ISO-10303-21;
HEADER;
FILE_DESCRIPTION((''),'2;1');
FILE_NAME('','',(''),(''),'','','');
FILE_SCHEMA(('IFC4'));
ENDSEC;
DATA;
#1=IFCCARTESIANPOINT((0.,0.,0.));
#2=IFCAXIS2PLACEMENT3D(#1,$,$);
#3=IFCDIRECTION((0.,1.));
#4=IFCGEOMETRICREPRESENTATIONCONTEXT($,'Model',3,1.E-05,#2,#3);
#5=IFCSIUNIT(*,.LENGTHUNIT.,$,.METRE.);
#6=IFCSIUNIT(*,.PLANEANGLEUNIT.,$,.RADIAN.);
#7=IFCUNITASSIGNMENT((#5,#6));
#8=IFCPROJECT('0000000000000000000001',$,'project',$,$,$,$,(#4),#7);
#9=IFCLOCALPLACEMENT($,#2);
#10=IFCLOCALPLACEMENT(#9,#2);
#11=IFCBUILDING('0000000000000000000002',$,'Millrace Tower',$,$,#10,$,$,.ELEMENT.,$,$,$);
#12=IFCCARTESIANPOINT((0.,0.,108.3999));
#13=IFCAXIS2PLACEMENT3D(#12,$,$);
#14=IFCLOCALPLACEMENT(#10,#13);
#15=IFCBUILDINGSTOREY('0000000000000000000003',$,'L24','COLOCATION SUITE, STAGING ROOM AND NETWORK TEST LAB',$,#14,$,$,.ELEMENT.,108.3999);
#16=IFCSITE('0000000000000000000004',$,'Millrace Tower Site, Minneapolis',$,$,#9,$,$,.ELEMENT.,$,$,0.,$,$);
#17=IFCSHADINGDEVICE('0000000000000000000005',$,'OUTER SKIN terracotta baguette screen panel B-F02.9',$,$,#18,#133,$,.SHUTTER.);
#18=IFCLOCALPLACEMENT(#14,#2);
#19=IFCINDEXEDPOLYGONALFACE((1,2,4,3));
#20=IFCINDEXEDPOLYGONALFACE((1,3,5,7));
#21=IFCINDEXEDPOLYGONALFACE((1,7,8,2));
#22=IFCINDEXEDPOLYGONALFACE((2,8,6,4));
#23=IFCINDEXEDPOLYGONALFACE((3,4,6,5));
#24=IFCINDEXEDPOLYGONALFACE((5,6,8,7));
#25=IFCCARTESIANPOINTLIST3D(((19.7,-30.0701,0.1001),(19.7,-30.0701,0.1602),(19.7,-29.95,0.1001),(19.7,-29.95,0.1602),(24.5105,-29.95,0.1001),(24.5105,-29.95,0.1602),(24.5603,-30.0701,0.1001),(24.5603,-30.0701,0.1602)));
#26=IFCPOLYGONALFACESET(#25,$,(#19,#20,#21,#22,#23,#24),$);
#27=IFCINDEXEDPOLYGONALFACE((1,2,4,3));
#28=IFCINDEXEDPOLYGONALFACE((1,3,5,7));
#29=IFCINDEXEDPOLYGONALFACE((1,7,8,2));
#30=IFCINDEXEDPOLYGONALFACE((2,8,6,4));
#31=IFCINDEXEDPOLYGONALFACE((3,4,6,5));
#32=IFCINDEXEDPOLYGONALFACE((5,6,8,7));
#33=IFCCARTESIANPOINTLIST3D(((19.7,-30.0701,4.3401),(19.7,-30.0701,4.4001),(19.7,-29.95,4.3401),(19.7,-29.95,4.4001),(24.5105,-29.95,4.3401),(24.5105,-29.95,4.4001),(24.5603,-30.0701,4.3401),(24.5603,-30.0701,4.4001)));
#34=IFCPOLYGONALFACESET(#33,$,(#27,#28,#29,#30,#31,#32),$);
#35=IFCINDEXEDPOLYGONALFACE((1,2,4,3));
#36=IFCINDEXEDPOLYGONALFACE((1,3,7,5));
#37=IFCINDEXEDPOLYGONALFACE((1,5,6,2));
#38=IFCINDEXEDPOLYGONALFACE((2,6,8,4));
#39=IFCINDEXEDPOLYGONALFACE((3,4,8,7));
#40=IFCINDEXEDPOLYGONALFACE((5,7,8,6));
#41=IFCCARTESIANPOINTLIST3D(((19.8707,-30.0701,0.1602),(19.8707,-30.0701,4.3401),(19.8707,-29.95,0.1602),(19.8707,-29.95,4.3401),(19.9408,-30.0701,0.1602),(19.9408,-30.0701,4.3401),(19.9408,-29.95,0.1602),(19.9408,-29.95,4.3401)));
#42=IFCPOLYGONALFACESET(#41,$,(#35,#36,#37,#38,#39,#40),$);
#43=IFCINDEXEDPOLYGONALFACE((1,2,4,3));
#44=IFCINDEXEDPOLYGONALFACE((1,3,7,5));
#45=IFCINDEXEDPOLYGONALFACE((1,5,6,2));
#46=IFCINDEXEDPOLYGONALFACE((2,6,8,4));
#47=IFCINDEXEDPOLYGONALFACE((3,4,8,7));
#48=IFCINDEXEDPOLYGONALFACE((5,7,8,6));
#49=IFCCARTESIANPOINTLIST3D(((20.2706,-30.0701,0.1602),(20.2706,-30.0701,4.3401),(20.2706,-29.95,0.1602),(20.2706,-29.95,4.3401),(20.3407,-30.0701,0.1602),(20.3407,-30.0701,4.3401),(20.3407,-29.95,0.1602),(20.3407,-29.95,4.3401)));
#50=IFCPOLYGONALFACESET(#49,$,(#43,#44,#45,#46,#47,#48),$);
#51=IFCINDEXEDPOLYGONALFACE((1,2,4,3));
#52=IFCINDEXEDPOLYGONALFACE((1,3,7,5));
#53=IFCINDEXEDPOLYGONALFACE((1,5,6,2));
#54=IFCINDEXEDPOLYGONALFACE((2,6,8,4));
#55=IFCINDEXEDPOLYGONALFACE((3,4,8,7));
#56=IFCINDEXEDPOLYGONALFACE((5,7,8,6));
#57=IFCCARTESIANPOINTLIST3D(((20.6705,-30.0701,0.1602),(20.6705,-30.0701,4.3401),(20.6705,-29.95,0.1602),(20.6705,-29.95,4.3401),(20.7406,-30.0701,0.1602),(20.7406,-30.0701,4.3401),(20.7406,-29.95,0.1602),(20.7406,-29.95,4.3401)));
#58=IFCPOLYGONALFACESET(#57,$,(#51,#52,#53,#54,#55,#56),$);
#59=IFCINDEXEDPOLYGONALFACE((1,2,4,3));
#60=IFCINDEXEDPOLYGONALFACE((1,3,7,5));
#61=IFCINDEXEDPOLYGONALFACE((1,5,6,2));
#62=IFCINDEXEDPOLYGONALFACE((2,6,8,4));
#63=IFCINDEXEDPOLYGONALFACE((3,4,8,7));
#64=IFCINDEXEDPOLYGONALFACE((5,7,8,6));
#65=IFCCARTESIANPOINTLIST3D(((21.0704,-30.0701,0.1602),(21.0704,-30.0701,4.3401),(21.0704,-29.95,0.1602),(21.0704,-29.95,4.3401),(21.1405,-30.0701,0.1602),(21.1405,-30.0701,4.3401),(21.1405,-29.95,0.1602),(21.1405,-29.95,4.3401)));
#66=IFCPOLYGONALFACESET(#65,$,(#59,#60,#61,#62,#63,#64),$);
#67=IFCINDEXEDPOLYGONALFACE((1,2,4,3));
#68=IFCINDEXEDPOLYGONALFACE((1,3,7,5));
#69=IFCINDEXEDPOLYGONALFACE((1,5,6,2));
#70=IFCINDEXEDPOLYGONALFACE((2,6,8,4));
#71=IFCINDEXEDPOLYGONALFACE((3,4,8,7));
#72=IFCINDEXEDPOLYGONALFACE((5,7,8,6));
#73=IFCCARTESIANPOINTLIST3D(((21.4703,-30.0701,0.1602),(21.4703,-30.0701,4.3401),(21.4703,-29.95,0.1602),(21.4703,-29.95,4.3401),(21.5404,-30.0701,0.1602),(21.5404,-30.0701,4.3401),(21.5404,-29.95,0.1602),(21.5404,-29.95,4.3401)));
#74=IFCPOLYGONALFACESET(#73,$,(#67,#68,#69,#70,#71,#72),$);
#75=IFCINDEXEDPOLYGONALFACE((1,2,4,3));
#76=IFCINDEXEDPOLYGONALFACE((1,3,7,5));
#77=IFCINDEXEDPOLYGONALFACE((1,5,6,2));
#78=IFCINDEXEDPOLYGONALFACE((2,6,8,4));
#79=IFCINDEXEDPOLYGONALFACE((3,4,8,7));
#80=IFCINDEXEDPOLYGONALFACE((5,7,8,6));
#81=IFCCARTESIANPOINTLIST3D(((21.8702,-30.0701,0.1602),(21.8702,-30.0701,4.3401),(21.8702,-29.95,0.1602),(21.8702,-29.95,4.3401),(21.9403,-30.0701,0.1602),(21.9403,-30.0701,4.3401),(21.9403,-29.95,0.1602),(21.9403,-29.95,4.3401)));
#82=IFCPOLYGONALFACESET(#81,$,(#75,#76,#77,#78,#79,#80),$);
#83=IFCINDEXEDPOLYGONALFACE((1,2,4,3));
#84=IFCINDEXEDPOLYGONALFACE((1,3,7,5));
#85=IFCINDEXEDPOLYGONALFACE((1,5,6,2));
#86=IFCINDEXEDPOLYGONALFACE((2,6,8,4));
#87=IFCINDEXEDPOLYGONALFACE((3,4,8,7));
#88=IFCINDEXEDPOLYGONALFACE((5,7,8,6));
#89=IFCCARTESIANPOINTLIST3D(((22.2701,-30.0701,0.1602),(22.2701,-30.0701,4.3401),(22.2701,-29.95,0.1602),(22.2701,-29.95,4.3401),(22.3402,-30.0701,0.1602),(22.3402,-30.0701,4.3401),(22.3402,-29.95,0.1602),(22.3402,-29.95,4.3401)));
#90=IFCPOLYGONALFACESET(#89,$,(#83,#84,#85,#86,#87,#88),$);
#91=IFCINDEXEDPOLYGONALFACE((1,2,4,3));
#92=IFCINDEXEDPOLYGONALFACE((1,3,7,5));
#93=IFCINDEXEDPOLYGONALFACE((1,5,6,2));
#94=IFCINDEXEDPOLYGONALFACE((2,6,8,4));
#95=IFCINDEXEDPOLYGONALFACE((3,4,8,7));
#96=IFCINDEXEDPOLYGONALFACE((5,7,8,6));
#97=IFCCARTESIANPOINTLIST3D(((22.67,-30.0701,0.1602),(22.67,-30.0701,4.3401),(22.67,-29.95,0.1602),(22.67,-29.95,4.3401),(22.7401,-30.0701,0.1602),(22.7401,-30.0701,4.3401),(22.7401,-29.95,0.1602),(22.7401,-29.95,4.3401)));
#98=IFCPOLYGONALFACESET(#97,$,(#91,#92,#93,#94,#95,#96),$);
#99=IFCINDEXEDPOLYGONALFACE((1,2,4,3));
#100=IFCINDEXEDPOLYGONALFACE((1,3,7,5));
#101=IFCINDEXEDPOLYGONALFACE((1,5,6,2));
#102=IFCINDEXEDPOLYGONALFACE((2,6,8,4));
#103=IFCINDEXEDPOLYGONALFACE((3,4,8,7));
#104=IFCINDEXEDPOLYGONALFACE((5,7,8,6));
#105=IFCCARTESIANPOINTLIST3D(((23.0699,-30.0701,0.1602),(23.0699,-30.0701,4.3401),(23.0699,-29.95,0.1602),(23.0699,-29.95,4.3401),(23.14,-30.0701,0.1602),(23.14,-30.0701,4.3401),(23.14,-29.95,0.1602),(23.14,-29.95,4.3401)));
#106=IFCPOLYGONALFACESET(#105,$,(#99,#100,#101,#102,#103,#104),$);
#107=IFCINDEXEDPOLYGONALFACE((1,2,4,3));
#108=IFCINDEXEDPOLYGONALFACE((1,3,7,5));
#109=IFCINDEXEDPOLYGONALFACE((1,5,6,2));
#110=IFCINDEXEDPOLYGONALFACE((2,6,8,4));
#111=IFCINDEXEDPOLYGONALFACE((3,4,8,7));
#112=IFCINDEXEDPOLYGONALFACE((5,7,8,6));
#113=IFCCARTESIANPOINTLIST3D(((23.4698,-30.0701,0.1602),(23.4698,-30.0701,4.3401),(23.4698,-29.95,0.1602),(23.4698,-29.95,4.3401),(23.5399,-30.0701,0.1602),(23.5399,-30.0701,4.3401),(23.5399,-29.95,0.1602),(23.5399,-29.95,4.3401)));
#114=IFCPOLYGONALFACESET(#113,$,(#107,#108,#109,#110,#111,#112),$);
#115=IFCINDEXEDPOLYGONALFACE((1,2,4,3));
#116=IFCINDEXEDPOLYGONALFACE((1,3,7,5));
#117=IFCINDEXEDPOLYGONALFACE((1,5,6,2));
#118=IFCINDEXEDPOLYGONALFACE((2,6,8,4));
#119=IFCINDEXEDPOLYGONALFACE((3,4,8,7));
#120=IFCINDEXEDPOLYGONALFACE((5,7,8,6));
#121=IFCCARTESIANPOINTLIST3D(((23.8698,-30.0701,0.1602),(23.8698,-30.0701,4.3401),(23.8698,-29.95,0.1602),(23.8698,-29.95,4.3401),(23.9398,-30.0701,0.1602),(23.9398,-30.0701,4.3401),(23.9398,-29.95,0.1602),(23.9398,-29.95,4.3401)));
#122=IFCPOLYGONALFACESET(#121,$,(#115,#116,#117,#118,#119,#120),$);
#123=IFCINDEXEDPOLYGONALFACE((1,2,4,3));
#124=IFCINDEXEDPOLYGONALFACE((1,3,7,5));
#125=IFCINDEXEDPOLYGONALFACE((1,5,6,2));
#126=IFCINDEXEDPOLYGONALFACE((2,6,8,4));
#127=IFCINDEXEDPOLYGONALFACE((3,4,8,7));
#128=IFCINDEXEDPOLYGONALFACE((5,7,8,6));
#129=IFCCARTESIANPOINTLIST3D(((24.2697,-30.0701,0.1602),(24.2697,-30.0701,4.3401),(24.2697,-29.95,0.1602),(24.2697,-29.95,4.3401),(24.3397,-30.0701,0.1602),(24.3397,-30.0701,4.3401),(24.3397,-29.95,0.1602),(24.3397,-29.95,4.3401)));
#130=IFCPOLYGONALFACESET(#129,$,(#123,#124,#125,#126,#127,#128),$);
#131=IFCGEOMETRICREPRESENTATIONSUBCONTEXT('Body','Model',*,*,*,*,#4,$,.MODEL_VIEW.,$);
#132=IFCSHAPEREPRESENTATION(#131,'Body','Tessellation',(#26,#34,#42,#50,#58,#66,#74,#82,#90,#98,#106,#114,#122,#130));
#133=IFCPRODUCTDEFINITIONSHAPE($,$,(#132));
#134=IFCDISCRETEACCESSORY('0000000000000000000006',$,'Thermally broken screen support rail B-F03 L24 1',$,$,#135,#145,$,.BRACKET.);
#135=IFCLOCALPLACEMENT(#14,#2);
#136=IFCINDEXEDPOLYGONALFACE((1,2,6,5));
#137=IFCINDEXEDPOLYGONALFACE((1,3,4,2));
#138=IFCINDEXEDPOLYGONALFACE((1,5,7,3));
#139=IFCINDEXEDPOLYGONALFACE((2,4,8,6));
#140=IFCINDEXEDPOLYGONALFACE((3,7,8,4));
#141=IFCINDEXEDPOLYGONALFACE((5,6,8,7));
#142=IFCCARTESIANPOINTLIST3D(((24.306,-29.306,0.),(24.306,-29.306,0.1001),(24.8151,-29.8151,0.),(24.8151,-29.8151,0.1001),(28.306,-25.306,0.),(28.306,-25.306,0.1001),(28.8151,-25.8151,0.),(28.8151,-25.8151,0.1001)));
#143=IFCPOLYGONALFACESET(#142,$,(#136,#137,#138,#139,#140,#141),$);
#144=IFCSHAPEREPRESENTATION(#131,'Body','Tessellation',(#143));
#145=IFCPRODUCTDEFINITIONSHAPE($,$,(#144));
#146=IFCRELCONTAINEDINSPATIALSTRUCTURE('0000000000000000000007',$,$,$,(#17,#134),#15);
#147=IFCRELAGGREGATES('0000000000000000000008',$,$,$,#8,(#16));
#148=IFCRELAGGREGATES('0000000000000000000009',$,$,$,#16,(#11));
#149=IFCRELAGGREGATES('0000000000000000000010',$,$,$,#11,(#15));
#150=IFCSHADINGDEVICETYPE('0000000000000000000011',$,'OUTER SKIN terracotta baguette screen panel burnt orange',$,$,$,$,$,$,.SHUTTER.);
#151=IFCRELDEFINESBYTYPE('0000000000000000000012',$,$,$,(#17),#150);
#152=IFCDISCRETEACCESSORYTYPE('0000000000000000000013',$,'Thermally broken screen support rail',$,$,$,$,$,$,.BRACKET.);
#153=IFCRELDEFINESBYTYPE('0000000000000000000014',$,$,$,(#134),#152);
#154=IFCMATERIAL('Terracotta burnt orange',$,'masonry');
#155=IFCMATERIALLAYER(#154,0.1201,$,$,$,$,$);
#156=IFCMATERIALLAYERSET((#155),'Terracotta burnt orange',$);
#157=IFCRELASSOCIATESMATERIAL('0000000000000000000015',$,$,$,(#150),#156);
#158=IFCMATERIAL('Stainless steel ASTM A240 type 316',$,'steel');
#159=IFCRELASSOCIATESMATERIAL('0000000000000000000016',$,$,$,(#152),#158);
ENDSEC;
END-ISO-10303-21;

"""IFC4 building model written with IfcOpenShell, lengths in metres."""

from ifc_helpers import new_model, entity, si_unit, direction, frame, frame_2d, origin, origin_2d, place, context, subcontext, project, spatial, rectangle, extrude, source, transform, mapped, material, layer, layer_set, type_object, element, save


model = new_model("IFC4")

# Units and contexts
model_context = context("Model", 3, precision=1e-05, world=origin(), true_north=direction((0.0, 1.0)))
body_context = subcontext(model_context, "Body", "Model", "MODEL_VIEW")
ifc_project = project(units=[si_unit("LENGTHUNIT", "METRE"), si_unit("PLANEANGLEUNIT", "RADIAN")], contexts=[model_context])

# Site, building, storey
site_placement = place(None, origin())
site = spatial("IfcSite", under=ifc_project, at=site_placement, Name="Millrace Tower Site, Minneapolis", CompositionType="ELEMENT", RefElevation=0.0)
building_placement = place(site_placement, origin())
building = spatial("IfcBuilding", under=site, at=building_placement, Name="Millrace Tower", CompositionType="ELEMENT")
storey_placement = place(building_placement, frame((0.0, 0.0, 108.3999)))
storey = spatial("IfcBuildingStorey", under=building, at=storey_placement, Name="L24", Description="COLOCATION SUITE, STAGING ROOM AND NETWORK TEST LAB", CompositionType="ELEMENT", Elevation=108.3999)

# Shading device
ifc_material_1 = material(Name="Terracotta burnt orange", Category="masonry")
ifc_layer_1 = layer(ifc_material_1, 0.1201)
ifc_layer_set_1 = layer_set([ifc_layer_1], Name="Terracotta burnt orange")
shading_device_type = type_object("IfcShadingDeviceType", Name="OUTER SKIN terracotta baguette screen panel burnt orange", PredefinedType="SHUTTER", material=ifc_layer_set_1)
cartesian_point_1 = entity("IfcCartesianPoint", [-2.4177, 0.0601])
shared_polyline_1 = entity("IfcPolyline", [cartesian_point_1, entity("IfcCartesianPoint", [2.3928, 0.0601]), entity("IfcCartesianPoint", [2.4426, -0.0601]), entity("IfcCartesianPoint", [-2.4177, -0.0601]), cartesian_point_1])
shared_shape_1 = source(origin(), body_context, "Body", "SweptSolid", [
    entity("IfcExtrudedAreaSolid", entity("IfcArbitraryClosedProfileDef", "AREA", None, shared_polyline_1), entity("IfcAxis2Placement3D", entity("IfcCartesianPoint", [0.0, 0.0, 0.0])), entity("IfcDirection", [0.0, 0.0, 1.0]), 0.0601),
    entity("IfcExtrudedAreaSolid", entity("IfcArbitraryClosedProfileDef", "AREA", None, shared_polyline_1), entity("IfcAxis2Placement3D", entity("IfcCartesianPoint", [0.0, 0.0, 4.24])), entity("IfcDirection", [0.0, 0.0, 1.0]), 0.0601),
    extrude(rectangle(XDim=0.0701, YDim=0.1201, at=frame_2d((-2.2119, 0.0))), frame((0.0, 0.0, 0.0601)), (0.0, 0.0, 1.0), 4.1799),
    extrude(rectangle(XDim=0.0701, YDim=0.1201, at=frame_2d((-1.812, 0.0))), frame((0.0, 0.0, 0.0601)), (0.0, 0.0, 1.0), 4.1799),
    extrude(rectangle(XDim=0.0701, YDim=0.1201, at=frame_2d((-1.4121, 0.0))), frame((0.0, 0.0, 0.0601)), (0.0, 0.0, 1.0), 4.1799),
    extrude(rectangle(XDim=0.0701, YDim=0.1201, at=frame_2d((-1.0122, 0.0))), frame((0.0, 0.0, 0.0601)), (0.0, 0.0, 1.0), 4.1799),
    extrude(rectangle(XDim=0.0701, YDim=0.1201, at=frame_2d((-0.6123, 0.0))), frame((0.0, 0.0, 0.0601)), (0.0, 0.0, 1.0), 4.1799),
    extrude(rectangle(XDim=0.0701, YDim=0.1201, at=frame_2d((-0.2124, 0.0))), frame((0.0, 0.0, 0.0601)), (0.0, 0.0, 1.0), 4.1799),
    extrude(rectangle(XDim=0.0701, YDim=0.1201, at=frame_2d((0.1875, 0.0))), frame((0.0, 0.0, 0.0601)), (0.0, 0.0, 1.0), 4.1799),
    extrude(rectangle(XDim=0.0701, YDim=0.1201, at=frame_2d((0.5874, 0.0))), frame((0.0, 0.0, 0.0601)), (0.0, 0.0, 1.0), 4.1799),
    extrude(rectangle(XDim=0.0701, YDim=0.1201, at=frame_2d((0.9873, 0.0))), frame((0.0, 0.0, 0.0601)), (0.0, 0.0, 1.0), 4.1799),
    extrude(rectangle(XDim=0.0701, YDim=0.1201, at=frame_2d((1.3872, 0.0))), frame((0.0, 0.0, 0.0601)), (0.0, 0.0, 1.0), 4.1799),
    extrude(rectangle(XDim=0.0701, YDim=0.1201, at=frame_2d((1.7871, 0.0))), frame((0.0, 0.0, 0.0601)), (0.0, 0.0, 1.0), 4.1799),
    extrude(rectangle(XDim=0.0701, YDim=0.1201, at=frame_2d((2.187, 0.0))), frame((0.0, 0.0, 0.0601)), (0.0, 0.0, 1.0), 4.1799),
])
shading_device_1_placement = place(storey_placement, frame((22.1177, -30.01, 0.1001), z_axis=(0.0, 0.0, 1.0), x_axis=(1.0, 0.0, 0.0)))
element("IfcShadingDevice", 1, at=shading_device_1_placement, inside=storey, type_object=shading_device_type, Name="OUTER SKIN terracotta baguette screen panel B-F02.9", PredefinedType="SHUTTER", context=body_context, shape_type="MappedRepresentation", body=[
    mapped(shared_shape_1, transform((0.0, 0.0, 0.0), scale=1.0)),
])

# Discrete accessory
ifc_material_2 = material(Name="Stainless steel ASTM A240 type 316", Category="steel")
discrete_accessory_type = type_object("IfcDiscreteAccessoryType", Name="Thermally broken screen support rail", PredefinedType="BRACKET", material=ifc_material_2)
discrete_accessory_placement = place(storey_placement, frame((26.5605, -27.5605, 0.0), z_axis=(0.0, 0.0, 1.0), x_axis=(0.707107, 0.707107, 0.0)))
element("IfcDiscreteAccessory", 2, at=discrete_accessory_placement, inside=storey, type_object=discrete_accessory_type, Name="Thermally broken screen support rail B-F03 L24 1", PredefinedType="BRACKET", context=body_context, shape_type="SweptSolid", body=[
    extrude(rectangle(XDim=5.6567, YDim=0.72, at=origin_2d()), origin(), (0.0, 0.0, 1.0), 0.1001),
])

save(model, "model.ifc")
